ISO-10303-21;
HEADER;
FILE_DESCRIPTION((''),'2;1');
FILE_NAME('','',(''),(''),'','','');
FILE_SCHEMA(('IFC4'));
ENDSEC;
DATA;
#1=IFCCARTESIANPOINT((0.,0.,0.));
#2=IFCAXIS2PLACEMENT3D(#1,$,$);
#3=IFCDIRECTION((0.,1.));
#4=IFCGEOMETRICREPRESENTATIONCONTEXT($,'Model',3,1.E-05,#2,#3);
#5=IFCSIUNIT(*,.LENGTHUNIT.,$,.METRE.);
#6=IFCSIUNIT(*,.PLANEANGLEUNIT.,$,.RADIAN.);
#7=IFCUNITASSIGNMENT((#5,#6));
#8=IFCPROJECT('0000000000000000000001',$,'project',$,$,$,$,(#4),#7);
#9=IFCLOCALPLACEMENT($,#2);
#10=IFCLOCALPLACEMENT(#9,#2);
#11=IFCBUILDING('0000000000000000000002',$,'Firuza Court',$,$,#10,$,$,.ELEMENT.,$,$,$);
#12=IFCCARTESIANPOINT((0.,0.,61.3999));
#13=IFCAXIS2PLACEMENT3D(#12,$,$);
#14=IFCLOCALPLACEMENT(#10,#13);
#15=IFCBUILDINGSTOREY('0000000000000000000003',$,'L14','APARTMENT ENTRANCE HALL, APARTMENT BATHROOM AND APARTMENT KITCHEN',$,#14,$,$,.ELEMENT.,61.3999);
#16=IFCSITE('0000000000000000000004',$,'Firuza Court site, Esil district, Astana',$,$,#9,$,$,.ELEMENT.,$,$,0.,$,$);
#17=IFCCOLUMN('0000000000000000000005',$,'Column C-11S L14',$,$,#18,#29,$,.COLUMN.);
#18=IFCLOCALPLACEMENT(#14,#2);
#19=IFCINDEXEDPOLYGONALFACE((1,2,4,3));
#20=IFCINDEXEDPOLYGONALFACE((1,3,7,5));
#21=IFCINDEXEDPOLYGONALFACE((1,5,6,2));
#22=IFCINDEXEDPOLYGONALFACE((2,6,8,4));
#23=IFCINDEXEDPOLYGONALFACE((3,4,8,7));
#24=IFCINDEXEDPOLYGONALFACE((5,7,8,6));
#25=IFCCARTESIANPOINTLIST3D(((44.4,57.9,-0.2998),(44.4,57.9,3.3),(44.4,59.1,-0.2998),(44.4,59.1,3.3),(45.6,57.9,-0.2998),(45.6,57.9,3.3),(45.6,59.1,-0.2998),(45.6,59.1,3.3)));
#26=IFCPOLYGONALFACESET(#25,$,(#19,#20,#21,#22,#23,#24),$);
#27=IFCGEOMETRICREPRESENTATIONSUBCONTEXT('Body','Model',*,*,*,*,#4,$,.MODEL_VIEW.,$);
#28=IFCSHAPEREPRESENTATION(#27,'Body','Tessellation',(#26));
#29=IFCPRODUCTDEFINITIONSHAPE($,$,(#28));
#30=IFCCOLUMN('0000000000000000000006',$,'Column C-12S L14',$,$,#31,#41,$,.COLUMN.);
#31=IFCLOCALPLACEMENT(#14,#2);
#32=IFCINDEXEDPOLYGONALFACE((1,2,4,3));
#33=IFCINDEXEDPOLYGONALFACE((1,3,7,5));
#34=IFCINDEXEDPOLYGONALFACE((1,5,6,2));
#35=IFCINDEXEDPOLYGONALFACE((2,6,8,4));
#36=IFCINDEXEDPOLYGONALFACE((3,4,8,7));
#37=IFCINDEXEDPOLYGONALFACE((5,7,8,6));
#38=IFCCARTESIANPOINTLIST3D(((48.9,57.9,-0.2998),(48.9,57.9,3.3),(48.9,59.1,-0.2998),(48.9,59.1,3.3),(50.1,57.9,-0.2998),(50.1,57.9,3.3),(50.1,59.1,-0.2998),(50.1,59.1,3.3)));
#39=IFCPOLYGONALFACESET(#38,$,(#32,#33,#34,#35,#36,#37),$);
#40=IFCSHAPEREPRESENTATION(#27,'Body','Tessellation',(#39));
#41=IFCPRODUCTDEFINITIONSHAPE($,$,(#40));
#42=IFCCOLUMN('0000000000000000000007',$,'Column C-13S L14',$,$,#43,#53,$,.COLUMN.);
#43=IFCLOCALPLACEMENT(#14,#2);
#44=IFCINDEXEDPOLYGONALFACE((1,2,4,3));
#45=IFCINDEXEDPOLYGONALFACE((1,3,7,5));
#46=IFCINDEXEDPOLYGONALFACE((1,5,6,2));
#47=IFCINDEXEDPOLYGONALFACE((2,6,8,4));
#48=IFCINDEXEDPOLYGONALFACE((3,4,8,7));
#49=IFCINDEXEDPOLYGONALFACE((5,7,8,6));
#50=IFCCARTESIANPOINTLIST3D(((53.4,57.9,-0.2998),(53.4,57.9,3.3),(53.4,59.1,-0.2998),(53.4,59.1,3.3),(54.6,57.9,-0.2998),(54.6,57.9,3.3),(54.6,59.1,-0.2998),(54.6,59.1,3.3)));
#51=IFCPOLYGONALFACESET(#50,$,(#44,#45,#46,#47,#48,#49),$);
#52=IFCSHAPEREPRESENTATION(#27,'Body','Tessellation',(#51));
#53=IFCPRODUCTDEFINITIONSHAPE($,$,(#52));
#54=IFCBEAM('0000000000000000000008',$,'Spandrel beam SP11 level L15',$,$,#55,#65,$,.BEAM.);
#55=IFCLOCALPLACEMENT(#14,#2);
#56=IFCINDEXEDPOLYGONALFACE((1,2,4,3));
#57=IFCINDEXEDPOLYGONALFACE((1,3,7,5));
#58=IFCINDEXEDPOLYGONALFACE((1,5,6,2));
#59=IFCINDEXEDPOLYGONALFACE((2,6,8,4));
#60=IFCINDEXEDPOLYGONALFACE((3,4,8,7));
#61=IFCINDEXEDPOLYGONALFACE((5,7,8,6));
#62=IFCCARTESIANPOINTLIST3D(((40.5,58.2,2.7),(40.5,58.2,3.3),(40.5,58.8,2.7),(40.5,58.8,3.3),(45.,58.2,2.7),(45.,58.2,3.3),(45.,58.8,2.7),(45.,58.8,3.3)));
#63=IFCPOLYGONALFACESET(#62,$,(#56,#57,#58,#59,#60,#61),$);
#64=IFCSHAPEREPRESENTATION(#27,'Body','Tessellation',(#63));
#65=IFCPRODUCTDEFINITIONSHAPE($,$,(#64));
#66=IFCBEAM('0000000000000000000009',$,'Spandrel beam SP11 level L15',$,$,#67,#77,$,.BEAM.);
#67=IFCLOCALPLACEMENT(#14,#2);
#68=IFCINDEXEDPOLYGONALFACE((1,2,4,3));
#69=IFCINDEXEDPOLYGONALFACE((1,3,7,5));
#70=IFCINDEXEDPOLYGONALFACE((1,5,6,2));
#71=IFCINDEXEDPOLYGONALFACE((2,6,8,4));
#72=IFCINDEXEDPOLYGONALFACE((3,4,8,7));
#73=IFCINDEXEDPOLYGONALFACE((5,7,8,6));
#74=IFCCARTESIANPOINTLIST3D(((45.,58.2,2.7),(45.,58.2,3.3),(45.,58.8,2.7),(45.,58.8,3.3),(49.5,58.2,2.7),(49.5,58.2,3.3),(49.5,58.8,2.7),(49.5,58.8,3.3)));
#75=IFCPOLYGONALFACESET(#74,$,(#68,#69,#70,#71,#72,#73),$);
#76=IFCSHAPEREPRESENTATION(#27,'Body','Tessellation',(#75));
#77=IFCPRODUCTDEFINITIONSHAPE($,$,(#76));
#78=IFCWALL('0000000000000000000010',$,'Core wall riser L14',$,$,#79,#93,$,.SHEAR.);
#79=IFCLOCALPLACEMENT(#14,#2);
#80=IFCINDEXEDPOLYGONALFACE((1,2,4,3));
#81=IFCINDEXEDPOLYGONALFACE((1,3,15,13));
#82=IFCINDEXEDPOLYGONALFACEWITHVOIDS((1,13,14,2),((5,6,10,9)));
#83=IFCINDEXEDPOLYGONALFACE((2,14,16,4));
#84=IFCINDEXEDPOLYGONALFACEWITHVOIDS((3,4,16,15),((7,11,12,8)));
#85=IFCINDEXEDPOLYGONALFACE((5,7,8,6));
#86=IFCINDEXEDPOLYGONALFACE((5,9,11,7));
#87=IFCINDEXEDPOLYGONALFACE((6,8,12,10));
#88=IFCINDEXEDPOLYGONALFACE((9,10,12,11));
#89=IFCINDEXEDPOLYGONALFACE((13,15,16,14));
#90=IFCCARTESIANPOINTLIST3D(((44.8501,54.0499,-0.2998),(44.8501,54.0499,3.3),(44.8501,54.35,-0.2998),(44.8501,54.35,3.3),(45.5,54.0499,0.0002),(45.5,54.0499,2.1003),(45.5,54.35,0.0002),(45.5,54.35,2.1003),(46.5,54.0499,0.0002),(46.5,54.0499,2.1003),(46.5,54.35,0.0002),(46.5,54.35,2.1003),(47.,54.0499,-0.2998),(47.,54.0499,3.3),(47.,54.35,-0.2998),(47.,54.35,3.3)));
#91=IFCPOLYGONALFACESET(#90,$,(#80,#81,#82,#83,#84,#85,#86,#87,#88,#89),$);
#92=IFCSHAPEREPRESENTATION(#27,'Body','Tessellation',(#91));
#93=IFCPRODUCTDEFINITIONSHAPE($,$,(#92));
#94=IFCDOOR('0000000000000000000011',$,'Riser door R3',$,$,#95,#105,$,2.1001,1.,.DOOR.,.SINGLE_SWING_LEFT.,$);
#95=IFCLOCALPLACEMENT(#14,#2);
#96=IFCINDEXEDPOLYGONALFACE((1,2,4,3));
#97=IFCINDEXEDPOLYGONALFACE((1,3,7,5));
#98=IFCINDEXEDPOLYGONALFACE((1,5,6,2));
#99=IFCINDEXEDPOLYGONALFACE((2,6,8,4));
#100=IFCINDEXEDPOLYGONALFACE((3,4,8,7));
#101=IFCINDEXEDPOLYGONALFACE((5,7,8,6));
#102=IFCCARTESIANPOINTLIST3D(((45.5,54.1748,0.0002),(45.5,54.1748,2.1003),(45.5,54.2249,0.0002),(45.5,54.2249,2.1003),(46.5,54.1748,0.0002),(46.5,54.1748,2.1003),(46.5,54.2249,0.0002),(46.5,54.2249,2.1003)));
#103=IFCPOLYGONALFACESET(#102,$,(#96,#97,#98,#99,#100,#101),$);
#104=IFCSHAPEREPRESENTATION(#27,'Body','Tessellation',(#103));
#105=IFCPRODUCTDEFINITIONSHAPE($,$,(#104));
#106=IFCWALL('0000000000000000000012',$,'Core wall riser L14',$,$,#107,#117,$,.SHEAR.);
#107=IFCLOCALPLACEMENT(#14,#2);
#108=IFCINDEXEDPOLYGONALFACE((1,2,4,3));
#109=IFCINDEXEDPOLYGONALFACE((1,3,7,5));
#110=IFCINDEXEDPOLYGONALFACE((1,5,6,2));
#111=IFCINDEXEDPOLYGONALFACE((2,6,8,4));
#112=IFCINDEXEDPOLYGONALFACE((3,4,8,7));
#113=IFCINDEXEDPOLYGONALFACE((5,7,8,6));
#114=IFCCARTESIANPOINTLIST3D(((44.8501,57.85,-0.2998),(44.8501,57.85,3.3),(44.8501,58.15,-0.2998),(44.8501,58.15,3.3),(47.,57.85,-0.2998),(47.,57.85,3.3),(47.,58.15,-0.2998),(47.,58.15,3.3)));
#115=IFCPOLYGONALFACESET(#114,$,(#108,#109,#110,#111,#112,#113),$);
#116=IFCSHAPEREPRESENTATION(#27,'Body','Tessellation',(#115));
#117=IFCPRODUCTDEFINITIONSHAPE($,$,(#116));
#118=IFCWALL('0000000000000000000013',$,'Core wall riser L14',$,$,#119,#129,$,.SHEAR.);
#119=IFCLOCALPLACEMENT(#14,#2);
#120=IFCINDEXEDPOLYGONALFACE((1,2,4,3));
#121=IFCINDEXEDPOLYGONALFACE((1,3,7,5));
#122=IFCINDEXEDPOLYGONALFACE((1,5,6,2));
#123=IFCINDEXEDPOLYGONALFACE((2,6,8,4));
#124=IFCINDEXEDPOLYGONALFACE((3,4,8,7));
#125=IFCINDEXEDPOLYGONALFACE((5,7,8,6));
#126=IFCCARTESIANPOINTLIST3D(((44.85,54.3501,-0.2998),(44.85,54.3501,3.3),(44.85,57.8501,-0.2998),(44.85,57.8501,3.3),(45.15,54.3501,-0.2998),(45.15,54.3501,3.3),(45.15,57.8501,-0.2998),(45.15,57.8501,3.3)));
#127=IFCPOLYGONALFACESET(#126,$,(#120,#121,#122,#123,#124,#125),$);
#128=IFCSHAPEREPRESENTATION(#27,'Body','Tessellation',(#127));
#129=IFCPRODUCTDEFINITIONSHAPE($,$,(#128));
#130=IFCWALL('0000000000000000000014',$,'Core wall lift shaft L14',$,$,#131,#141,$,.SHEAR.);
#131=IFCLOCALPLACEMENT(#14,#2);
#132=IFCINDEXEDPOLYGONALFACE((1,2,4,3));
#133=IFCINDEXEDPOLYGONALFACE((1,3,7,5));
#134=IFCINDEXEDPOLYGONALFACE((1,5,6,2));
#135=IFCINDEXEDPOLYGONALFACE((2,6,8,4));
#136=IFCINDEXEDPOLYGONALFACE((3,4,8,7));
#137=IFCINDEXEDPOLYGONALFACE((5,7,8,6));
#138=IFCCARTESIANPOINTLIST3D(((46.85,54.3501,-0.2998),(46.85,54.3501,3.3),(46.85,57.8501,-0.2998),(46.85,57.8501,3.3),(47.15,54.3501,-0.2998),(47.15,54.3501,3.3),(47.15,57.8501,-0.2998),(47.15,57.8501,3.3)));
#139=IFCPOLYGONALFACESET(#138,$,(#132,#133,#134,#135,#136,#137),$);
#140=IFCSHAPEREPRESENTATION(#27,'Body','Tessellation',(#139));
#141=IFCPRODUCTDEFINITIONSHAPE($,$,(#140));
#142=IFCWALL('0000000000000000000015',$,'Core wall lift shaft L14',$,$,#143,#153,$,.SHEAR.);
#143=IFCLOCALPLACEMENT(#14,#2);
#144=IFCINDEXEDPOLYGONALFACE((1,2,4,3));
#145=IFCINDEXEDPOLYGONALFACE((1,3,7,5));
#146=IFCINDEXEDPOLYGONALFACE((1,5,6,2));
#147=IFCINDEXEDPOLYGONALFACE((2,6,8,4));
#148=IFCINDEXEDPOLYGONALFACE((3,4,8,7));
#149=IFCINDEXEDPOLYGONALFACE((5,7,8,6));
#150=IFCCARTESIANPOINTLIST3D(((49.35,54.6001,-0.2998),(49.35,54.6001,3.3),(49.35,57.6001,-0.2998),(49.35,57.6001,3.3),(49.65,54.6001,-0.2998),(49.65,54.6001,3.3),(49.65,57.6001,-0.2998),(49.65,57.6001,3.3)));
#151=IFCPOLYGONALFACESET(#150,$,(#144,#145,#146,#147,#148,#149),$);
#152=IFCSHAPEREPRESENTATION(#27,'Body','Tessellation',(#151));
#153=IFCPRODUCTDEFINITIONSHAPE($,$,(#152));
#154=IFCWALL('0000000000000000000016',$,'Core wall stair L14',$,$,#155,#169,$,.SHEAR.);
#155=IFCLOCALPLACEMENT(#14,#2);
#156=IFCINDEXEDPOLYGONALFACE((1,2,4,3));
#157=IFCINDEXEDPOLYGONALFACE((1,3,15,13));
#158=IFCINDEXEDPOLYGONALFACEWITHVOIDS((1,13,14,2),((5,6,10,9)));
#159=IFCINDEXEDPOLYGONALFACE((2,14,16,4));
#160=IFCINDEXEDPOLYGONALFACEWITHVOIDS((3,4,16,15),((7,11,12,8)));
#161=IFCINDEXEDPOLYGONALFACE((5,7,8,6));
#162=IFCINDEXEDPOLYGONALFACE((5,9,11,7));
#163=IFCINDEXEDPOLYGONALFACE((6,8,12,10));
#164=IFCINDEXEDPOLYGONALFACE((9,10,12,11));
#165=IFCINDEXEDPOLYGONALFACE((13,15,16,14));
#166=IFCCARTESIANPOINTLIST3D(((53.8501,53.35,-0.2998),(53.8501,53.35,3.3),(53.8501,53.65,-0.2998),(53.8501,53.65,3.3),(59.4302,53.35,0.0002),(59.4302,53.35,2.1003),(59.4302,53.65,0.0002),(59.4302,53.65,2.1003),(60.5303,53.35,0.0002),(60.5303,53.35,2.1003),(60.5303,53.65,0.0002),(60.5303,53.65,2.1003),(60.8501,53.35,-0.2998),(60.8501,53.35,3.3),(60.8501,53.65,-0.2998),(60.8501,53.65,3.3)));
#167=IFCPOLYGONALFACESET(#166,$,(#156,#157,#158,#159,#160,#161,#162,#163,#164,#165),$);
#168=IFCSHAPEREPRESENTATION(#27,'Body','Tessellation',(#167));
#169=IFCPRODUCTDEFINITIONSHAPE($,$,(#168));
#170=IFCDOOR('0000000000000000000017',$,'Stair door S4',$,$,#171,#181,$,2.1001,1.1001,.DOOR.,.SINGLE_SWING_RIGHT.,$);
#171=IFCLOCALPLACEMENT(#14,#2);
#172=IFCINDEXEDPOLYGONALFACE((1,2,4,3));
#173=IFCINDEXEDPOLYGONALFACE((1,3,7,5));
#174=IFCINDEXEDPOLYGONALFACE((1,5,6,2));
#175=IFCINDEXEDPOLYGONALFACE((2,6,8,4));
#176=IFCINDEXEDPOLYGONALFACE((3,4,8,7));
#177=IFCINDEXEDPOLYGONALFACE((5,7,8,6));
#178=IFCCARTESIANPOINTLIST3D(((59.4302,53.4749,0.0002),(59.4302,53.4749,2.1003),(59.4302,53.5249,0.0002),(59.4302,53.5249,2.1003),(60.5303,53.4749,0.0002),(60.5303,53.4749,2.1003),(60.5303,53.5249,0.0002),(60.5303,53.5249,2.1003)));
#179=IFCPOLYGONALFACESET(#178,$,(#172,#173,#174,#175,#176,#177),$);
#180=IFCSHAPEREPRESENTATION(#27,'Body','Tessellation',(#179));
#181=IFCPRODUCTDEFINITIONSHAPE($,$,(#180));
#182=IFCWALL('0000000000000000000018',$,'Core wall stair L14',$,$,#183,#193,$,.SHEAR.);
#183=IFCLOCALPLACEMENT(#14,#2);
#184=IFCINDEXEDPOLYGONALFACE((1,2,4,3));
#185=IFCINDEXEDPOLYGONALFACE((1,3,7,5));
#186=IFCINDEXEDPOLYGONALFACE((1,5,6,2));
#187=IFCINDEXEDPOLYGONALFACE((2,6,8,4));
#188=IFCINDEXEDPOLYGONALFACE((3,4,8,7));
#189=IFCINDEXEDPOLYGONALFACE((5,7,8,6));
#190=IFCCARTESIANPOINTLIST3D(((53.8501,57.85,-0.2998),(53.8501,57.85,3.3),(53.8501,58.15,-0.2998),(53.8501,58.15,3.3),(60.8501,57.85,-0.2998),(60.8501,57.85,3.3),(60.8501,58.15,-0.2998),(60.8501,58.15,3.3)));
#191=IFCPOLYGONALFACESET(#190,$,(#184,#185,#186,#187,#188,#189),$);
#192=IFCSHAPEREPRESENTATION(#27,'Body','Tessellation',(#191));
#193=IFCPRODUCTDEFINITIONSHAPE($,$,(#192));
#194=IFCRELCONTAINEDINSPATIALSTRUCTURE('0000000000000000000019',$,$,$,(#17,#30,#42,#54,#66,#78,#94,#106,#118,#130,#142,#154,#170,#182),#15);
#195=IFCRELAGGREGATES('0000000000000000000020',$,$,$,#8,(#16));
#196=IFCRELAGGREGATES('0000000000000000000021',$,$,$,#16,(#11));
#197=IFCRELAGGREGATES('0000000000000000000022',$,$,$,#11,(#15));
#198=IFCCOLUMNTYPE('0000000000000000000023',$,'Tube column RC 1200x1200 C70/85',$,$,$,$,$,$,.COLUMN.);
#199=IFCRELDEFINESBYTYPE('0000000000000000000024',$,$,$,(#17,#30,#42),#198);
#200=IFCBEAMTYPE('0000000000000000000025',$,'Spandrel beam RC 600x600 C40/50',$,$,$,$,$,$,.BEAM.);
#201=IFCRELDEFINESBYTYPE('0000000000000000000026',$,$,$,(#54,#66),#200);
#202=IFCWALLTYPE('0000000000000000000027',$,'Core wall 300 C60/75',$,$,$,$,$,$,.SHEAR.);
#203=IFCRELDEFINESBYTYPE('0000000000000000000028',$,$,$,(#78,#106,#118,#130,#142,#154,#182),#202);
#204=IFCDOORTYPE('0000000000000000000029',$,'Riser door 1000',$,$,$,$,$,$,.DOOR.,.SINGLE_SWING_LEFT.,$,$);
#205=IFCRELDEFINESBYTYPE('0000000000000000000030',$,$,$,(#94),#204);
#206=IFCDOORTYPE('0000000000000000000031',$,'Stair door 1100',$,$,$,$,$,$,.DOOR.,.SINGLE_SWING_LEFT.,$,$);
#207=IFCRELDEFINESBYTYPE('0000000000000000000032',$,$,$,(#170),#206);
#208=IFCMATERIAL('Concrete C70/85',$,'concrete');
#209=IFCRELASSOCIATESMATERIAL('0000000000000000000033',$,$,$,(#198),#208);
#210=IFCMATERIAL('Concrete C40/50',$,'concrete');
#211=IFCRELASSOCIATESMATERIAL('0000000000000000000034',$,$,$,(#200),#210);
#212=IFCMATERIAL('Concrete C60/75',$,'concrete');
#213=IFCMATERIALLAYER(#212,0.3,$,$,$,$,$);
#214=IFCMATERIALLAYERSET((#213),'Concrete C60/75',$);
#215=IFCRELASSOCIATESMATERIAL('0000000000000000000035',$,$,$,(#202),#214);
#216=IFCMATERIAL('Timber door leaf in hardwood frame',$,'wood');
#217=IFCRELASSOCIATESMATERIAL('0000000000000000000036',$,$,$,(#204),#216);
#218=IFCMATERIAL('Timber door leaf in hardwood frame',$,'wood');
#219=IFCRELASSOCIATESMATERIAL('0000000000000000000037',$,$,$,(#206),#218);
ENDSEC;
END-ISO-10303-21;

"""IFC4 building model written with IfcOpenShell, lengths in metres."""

from ifc_helpers import new_model, si_unit, direction, frame, frame_2d, origin, origin_2d, place, context, subcontext, project, spatial, rectangle, extrude, material, layer, layer_set, material_profile, profile_set, type_object, element, fill, save


model = new_model("IFC4")

# Units and contexts
model_context = context("Model", 3, precision=1e-05, world=origin(), true_north=direction((0.0, 1.0)))
body_context = subcontext(model_context, "Body", "Model", "MODEL_VIEW")
ifc_project = project(units=[si_unit("LENGTHUNIT", "METRE"), si_unit("PLANEANGLEUNIT", "RADIAN")], contexts=[model_context])

# Site, building, storey
site_placement = place(None, origin())
site = spatial("IfcSite", under=ifc_project, at=site_placement, Name="Firuza Court site, Esil district, Astana", CompositionType="ELEMENT", RefElevation=0.0)
building_placement = place(site_placement, origin())
building = spatial("IfcBuilding", under=site, at=building_placement, Name="Firuza Court", CompositionType="ELEMENT")
storey_placement = place(building_placement, frame((0.0, 0.0, 61.3999)))
storey = spatial("IfcBuildingStorey", under=building, at=storey_placement, Name="L14", Description="APARTMENT ENTRANCE HALL, APARTMENT BATHROOM AND APARTMENT KITCHEN", CompositionType="ELEMENT", Elevation=61.3999)

# Columns
ifc_material_1 = material(Name="Concrete C70/85", Category="concrete")
ifc_material_profile_1 = material_profile(ifc_material_1, rectangle(XDim=1.2, YDim=1.2, at=origin_2d()), Name="RC 1200x1200")
ifc_profile_set_1 = profile_set([ifc_material_profile_1], Name="Concrete C70/85")
column_type = type_object("IfcColumnType", Name="Tube column RC 1200x1200 C70/85", PredefinedType="COLUMN", material=ifc_profile_set_1)
for number, where, z_axis, x_axis, name in (
    (1, (45.0, 58.5, -0.2998), (0.0, 0.0, 1.0), (1.0, 0.0, 0.0), "Column C-11S L14"),
    (2, (49.5, 58.5, -0.2998), (0.0, 0.0, 1.0), (1.0, 0.0, 0.0), "Column C-12S L14"),
    (3, (54.0, 58.5, -0.2998), (0.0, 0.0, 1.0), (1.0, 0.0, 0.0), "Column C-13S L14"),
):
    element("IfcColumn", number, at=place(storey_placement, frame(where, z_axis=z_axis, x_axis=x_axis)), inside=storey, type_object=column_type, Name=name, PredefinedType="COLUMN", context=body_context, shape_type="SweptSolid", body=[
        extrude(rectangle(XDim=1.2, YDim=1.2, at=origin_2d()), origin(), (0.0, 0.0, 1.0), 3.5999),
    ])

# Beams
ifc_material_2 = material(Name="Concrete C40/50", Category="concrete")
ifc_material_profile_2 = material_profile(ifc_material_2, rectangle(XDim=0.6001, YDim=0.6001, at=origin_2d()), Name="RC 600x600")
ifc_profile_set_2 = profile_set([ifc_material_profile_2], Name="Concrete C40/50")
beam_type = type_object("IfcBeamType", Name="Spandrel beam RC 600x600 C40/50", PredefinedType="BEAM", material=ifc_profile_set_2)
for number, where, z_axis, x_axis, name in (
    (4, (45.0, 58.5, 3.0), (-1.0, 0.0, 0.0), (0.0, -1.0, 0.0), "Spandrel beam SP11 level L15"),
    (5, (49.5, 58.5, 3.0), (-1.0, 0.0, 0.0), (0.0, -1.0, 0.0), "Spandrel beam SP11 level L15"),
):
    element("IfcBeam", number, at=place(storey_placement, frame(where, z_axis=z_axis, x_axis=x_axis)), inside=storey, type_object=beam_type, Name=name, PredefinedType="BEAM", context=body_context, shape_type="SweptSolid", body=[
        extrude(rectangle(XDim=0.6001, YDim=0.6001, at=origin_2d()), origin(), (0.0, 0.0, 1.0), 4.5),
    ])

# Wall, opening, door
ifc_material_3 = material(Name="Concrete C60/75", Category="concrete")
ifc_layer_1 = layer(ifc_material_3, 0.3)
ifc_layer_set_1 = layer_set([ifc_layer_1], Name="Concrete C60/75")
wall_type_1 = type_object("IfcWallType", Name="Core wall 300 C60/75", PredefinedType="SHEAR", material=ifc_layer_set_1)
wall_1_placement = place(storey_placement, frame((44.8501, 54.2, -0.2998), z_axis=(0.0, 0.0, 1.0), x_axis=(1.0, 0.0, 0.0)))
wall_1 = element("IfcWall", 6, at=wall_1_placement, inside=storey, type_object=wall_type_1, Name="Core wall riser L14", PredefinedType="SHEAR", context=body_context, shape_type="SweptSolid", body=[
    extrude(rectangle(XDim=2.1499, YDim=0.3, at=frame_2d((1.075, 0.0))), origin(), (0.0, 0.0, 1.0), 3.5999),
])
opening_1_placement = place(wall_1_placement, frame((0.6499, 0.0, 0.3)))
opening_1 = element("IfcOpeningElement", 7, at=opening_1_placement, cuts=wall_1, PredefinedType="OPENING", context=body_context, shape_type="SweptSolid", body=[
    extrude(rectangle(XDim=1.0, YDim=2.1001, at=frame_2d((0.5, 1.05))), frame((0.0, 0.1621, 0.0), z_axis=(0.0, -1.0, 0.0), x_axis=(1.0, 0.0, 0.0)), (0.0, 0.0, 1.0), 0.324),
])
ifc_material_4 = material(Name="Timber door leaf in hardwood frame", Category="wood")
door_type_1 = type_object("IfcDoorType", Name="Riser door 1000", OperationType="SINGLE_SWING_LEFT", PredefinedType="DOOR", material=ifc_material_4)
door_1_placement = place(opening_1_placement, origin())
door_1 = element("IfcDoor", 8, at=door_1_placement, inside=storey, type_object=door_type_1, Name="Riser door R3", OperationType="SINGLE_SWING_LEFT", OverallHeight=2.1001, OverallWidth=1.0, PredefinedType="DOOR", context=body_context, shape_type="SweptSolid", body=[
    extrude(rectangle(XDim=1.0, YDim=2.1001, at=frame_2d((0.5, 1.05))), frame((0.0, 0.0249, 0.0), z_axis=(0.0, -1.0, 0.0), x_axis=(1.0, 0.0, 0.0)), (0.0, 0.0, 1.0), 0.05),
])
fill(opening_1, door_1)

# Walls
wall_2_placement = place(storey_placement, frame((44.8501, 58.0, -0.2998), z_axis=(0.0, 0.0, 1.0), x_axis=(1.0, 0.0, 0.0)))
element("IfcWall", 9, at=wall_2_placement, inside=storey, type_object=wall_type_1, Name="Core wall riser L14", PredefinedType="SHEAR", context=body_context, shape_type="SweptSolid", body=[
    extrude(rectangle(XDim=2.1499, YDim=0.3, at=frame_2d((1.075, 0.0))), origin(), (0.0, 0.0, 1.0), 3.5999),
])
for number, where, z_axis, x_axis, name in (
    (10, (45.0, 54.3501, -0.2998), (0.0, 0.0, 1.0), (0.0, 1.0, 0.0), "Core wall riser L14"),
    (11, (47.0, 54.3501, -0.2998), (0.0, 0.0, 1.0), (0.0, 1.0, 0.0), "Core wall lift shaft L14"),
):
    element("IfcWall", number, at=place(storey_placement, frame(where, z_axis=z_axis, x_axis=x_axis)), inside=storey, type_object=wall_type_1, Name=name, PredefinedType="SHEAR", context=body_context, shape_type="SweptSolid", body=[
        extrude(rectangle(XDim=3.5, YDim=0.3, at=frame_2d((1.75, 0.0))), origin(), (0.0, 0.0, 1.0), 3.5999),
    ])
wall_3_placement = place(storey_placement, frame((49.5, 54.6001, -0.2998), z_axis=(0.0, 0.0, 1.0), x_axis=(0.0, 1.0, 0.0)))
element("IfcWall", 12, at=wall_3_placement, inside=storey, type_object=wall_type_1, Name="Core wall lift shaft L14", PredefinedType="SHEAR", context=body_context, shape_type="SweptSolid", body=[
    extrude(rectangle(XDim=3.0, YDim=0.3, at=frame_2d((1.5, 0.0))), origin(), (0.0, 0.0, 1.0), 3.5999),
])

# Wall, opening, door
wall_4_placement = place(storey_placement, frame((53.8501, 53.5, -0.2998), z_axis=(0.0, 0.0, 1.0), x_axis=(1.0, 0.0, 0.0)))
wall_4 = element("IfcWall", 13, at=wall_4_placement, inside=storey, type_object=wall_type_1, Name="Core wall stair L14", PredefinedType="SHEAR", context=body_context, shape_type="SweptSolid", body=[
    extrude(rectangle(XDim=7.0, YDim=0.3, at=frame_2d((3.5, 0.0))), origin(), (0.0, 0.0, 1.0), 3.5999),
])
opening_2_placement = place(wall_4_placement, frame((5.5801, 0.0, 0.3)))
opening_2 = element("IfcOpeningElement", 14, at=opening_2_placement, cuts=wall_4, PredefinedType="OPENING", context=body_context, shape_type="SweptSolid", body=[
    extrude(rectangle(XDim=1.1001, YDim=2.1001, at=frame_2d((0.55, 1.05))), frame((0.0, 0.1621, 0.0), z_axis=(0.0, -1.0, 0.0), x_axis=(1.0, 0.0, 0.0)), (0.0, 0.0, 1.0), 0.324),
])
ifc_material_5 = material(Name="Timber door leaf in hardwood frame", Category="wood")
door_type_2 = type_object("IfcDoorType", Name="Stair door 1100", OperationType="SINGLE_SWING_LEFT", PredefinedType="DOOR", material=ifc_material_5)
door_2_placement = place(opening_2_placement, origin())
door_2 = element("IfcDoor", 15, at=door_2_placement, inside=storey, type_object=door_type_2, Name="Stair door S4", OperationType="SINGLE_SWING_RIGHT", OverallHeight=2.1001, OverallWidth=1.1001, PredefinedType="DOOR", context=body_context, shape_type="SweptSolid", body=[
    extrude(rectangle(XDim=1.1001, YDim=2.1001, at=frame_2d((0.55, 1.05))), frame((0.0, 0.0249, 0.0), z_axis=(0.0, -1.0, 0.0), x_axis=(1.0, 0.0, 0.0)), (0.0, 0.0, 1.0), 0.05),
])
fill(opening_2, door_2)

# Wall
wall_5_placement = place(storey_placement, frame((53.8501, 58.0, -0.2998), z_axis=(0.0, 0.0, 1.0), x_axis=(1.0, 0.0, 0.0)))
element("IfcWall", 16, at=wall_5_placement, inside=storey, type_object=wall_type_1, Name="Core wall stair L14", PredefinedType="SHEAR", context=body_context, shape_type="SweptSolid", body=[
    extrude(rectangle(XDim=7.0, YDim=0.3, at=frame_2d((3.5, 0.0))), origin(), (0.0, 0.0, 1.0), 3.5999),
])

save(model, "model.ifc")
